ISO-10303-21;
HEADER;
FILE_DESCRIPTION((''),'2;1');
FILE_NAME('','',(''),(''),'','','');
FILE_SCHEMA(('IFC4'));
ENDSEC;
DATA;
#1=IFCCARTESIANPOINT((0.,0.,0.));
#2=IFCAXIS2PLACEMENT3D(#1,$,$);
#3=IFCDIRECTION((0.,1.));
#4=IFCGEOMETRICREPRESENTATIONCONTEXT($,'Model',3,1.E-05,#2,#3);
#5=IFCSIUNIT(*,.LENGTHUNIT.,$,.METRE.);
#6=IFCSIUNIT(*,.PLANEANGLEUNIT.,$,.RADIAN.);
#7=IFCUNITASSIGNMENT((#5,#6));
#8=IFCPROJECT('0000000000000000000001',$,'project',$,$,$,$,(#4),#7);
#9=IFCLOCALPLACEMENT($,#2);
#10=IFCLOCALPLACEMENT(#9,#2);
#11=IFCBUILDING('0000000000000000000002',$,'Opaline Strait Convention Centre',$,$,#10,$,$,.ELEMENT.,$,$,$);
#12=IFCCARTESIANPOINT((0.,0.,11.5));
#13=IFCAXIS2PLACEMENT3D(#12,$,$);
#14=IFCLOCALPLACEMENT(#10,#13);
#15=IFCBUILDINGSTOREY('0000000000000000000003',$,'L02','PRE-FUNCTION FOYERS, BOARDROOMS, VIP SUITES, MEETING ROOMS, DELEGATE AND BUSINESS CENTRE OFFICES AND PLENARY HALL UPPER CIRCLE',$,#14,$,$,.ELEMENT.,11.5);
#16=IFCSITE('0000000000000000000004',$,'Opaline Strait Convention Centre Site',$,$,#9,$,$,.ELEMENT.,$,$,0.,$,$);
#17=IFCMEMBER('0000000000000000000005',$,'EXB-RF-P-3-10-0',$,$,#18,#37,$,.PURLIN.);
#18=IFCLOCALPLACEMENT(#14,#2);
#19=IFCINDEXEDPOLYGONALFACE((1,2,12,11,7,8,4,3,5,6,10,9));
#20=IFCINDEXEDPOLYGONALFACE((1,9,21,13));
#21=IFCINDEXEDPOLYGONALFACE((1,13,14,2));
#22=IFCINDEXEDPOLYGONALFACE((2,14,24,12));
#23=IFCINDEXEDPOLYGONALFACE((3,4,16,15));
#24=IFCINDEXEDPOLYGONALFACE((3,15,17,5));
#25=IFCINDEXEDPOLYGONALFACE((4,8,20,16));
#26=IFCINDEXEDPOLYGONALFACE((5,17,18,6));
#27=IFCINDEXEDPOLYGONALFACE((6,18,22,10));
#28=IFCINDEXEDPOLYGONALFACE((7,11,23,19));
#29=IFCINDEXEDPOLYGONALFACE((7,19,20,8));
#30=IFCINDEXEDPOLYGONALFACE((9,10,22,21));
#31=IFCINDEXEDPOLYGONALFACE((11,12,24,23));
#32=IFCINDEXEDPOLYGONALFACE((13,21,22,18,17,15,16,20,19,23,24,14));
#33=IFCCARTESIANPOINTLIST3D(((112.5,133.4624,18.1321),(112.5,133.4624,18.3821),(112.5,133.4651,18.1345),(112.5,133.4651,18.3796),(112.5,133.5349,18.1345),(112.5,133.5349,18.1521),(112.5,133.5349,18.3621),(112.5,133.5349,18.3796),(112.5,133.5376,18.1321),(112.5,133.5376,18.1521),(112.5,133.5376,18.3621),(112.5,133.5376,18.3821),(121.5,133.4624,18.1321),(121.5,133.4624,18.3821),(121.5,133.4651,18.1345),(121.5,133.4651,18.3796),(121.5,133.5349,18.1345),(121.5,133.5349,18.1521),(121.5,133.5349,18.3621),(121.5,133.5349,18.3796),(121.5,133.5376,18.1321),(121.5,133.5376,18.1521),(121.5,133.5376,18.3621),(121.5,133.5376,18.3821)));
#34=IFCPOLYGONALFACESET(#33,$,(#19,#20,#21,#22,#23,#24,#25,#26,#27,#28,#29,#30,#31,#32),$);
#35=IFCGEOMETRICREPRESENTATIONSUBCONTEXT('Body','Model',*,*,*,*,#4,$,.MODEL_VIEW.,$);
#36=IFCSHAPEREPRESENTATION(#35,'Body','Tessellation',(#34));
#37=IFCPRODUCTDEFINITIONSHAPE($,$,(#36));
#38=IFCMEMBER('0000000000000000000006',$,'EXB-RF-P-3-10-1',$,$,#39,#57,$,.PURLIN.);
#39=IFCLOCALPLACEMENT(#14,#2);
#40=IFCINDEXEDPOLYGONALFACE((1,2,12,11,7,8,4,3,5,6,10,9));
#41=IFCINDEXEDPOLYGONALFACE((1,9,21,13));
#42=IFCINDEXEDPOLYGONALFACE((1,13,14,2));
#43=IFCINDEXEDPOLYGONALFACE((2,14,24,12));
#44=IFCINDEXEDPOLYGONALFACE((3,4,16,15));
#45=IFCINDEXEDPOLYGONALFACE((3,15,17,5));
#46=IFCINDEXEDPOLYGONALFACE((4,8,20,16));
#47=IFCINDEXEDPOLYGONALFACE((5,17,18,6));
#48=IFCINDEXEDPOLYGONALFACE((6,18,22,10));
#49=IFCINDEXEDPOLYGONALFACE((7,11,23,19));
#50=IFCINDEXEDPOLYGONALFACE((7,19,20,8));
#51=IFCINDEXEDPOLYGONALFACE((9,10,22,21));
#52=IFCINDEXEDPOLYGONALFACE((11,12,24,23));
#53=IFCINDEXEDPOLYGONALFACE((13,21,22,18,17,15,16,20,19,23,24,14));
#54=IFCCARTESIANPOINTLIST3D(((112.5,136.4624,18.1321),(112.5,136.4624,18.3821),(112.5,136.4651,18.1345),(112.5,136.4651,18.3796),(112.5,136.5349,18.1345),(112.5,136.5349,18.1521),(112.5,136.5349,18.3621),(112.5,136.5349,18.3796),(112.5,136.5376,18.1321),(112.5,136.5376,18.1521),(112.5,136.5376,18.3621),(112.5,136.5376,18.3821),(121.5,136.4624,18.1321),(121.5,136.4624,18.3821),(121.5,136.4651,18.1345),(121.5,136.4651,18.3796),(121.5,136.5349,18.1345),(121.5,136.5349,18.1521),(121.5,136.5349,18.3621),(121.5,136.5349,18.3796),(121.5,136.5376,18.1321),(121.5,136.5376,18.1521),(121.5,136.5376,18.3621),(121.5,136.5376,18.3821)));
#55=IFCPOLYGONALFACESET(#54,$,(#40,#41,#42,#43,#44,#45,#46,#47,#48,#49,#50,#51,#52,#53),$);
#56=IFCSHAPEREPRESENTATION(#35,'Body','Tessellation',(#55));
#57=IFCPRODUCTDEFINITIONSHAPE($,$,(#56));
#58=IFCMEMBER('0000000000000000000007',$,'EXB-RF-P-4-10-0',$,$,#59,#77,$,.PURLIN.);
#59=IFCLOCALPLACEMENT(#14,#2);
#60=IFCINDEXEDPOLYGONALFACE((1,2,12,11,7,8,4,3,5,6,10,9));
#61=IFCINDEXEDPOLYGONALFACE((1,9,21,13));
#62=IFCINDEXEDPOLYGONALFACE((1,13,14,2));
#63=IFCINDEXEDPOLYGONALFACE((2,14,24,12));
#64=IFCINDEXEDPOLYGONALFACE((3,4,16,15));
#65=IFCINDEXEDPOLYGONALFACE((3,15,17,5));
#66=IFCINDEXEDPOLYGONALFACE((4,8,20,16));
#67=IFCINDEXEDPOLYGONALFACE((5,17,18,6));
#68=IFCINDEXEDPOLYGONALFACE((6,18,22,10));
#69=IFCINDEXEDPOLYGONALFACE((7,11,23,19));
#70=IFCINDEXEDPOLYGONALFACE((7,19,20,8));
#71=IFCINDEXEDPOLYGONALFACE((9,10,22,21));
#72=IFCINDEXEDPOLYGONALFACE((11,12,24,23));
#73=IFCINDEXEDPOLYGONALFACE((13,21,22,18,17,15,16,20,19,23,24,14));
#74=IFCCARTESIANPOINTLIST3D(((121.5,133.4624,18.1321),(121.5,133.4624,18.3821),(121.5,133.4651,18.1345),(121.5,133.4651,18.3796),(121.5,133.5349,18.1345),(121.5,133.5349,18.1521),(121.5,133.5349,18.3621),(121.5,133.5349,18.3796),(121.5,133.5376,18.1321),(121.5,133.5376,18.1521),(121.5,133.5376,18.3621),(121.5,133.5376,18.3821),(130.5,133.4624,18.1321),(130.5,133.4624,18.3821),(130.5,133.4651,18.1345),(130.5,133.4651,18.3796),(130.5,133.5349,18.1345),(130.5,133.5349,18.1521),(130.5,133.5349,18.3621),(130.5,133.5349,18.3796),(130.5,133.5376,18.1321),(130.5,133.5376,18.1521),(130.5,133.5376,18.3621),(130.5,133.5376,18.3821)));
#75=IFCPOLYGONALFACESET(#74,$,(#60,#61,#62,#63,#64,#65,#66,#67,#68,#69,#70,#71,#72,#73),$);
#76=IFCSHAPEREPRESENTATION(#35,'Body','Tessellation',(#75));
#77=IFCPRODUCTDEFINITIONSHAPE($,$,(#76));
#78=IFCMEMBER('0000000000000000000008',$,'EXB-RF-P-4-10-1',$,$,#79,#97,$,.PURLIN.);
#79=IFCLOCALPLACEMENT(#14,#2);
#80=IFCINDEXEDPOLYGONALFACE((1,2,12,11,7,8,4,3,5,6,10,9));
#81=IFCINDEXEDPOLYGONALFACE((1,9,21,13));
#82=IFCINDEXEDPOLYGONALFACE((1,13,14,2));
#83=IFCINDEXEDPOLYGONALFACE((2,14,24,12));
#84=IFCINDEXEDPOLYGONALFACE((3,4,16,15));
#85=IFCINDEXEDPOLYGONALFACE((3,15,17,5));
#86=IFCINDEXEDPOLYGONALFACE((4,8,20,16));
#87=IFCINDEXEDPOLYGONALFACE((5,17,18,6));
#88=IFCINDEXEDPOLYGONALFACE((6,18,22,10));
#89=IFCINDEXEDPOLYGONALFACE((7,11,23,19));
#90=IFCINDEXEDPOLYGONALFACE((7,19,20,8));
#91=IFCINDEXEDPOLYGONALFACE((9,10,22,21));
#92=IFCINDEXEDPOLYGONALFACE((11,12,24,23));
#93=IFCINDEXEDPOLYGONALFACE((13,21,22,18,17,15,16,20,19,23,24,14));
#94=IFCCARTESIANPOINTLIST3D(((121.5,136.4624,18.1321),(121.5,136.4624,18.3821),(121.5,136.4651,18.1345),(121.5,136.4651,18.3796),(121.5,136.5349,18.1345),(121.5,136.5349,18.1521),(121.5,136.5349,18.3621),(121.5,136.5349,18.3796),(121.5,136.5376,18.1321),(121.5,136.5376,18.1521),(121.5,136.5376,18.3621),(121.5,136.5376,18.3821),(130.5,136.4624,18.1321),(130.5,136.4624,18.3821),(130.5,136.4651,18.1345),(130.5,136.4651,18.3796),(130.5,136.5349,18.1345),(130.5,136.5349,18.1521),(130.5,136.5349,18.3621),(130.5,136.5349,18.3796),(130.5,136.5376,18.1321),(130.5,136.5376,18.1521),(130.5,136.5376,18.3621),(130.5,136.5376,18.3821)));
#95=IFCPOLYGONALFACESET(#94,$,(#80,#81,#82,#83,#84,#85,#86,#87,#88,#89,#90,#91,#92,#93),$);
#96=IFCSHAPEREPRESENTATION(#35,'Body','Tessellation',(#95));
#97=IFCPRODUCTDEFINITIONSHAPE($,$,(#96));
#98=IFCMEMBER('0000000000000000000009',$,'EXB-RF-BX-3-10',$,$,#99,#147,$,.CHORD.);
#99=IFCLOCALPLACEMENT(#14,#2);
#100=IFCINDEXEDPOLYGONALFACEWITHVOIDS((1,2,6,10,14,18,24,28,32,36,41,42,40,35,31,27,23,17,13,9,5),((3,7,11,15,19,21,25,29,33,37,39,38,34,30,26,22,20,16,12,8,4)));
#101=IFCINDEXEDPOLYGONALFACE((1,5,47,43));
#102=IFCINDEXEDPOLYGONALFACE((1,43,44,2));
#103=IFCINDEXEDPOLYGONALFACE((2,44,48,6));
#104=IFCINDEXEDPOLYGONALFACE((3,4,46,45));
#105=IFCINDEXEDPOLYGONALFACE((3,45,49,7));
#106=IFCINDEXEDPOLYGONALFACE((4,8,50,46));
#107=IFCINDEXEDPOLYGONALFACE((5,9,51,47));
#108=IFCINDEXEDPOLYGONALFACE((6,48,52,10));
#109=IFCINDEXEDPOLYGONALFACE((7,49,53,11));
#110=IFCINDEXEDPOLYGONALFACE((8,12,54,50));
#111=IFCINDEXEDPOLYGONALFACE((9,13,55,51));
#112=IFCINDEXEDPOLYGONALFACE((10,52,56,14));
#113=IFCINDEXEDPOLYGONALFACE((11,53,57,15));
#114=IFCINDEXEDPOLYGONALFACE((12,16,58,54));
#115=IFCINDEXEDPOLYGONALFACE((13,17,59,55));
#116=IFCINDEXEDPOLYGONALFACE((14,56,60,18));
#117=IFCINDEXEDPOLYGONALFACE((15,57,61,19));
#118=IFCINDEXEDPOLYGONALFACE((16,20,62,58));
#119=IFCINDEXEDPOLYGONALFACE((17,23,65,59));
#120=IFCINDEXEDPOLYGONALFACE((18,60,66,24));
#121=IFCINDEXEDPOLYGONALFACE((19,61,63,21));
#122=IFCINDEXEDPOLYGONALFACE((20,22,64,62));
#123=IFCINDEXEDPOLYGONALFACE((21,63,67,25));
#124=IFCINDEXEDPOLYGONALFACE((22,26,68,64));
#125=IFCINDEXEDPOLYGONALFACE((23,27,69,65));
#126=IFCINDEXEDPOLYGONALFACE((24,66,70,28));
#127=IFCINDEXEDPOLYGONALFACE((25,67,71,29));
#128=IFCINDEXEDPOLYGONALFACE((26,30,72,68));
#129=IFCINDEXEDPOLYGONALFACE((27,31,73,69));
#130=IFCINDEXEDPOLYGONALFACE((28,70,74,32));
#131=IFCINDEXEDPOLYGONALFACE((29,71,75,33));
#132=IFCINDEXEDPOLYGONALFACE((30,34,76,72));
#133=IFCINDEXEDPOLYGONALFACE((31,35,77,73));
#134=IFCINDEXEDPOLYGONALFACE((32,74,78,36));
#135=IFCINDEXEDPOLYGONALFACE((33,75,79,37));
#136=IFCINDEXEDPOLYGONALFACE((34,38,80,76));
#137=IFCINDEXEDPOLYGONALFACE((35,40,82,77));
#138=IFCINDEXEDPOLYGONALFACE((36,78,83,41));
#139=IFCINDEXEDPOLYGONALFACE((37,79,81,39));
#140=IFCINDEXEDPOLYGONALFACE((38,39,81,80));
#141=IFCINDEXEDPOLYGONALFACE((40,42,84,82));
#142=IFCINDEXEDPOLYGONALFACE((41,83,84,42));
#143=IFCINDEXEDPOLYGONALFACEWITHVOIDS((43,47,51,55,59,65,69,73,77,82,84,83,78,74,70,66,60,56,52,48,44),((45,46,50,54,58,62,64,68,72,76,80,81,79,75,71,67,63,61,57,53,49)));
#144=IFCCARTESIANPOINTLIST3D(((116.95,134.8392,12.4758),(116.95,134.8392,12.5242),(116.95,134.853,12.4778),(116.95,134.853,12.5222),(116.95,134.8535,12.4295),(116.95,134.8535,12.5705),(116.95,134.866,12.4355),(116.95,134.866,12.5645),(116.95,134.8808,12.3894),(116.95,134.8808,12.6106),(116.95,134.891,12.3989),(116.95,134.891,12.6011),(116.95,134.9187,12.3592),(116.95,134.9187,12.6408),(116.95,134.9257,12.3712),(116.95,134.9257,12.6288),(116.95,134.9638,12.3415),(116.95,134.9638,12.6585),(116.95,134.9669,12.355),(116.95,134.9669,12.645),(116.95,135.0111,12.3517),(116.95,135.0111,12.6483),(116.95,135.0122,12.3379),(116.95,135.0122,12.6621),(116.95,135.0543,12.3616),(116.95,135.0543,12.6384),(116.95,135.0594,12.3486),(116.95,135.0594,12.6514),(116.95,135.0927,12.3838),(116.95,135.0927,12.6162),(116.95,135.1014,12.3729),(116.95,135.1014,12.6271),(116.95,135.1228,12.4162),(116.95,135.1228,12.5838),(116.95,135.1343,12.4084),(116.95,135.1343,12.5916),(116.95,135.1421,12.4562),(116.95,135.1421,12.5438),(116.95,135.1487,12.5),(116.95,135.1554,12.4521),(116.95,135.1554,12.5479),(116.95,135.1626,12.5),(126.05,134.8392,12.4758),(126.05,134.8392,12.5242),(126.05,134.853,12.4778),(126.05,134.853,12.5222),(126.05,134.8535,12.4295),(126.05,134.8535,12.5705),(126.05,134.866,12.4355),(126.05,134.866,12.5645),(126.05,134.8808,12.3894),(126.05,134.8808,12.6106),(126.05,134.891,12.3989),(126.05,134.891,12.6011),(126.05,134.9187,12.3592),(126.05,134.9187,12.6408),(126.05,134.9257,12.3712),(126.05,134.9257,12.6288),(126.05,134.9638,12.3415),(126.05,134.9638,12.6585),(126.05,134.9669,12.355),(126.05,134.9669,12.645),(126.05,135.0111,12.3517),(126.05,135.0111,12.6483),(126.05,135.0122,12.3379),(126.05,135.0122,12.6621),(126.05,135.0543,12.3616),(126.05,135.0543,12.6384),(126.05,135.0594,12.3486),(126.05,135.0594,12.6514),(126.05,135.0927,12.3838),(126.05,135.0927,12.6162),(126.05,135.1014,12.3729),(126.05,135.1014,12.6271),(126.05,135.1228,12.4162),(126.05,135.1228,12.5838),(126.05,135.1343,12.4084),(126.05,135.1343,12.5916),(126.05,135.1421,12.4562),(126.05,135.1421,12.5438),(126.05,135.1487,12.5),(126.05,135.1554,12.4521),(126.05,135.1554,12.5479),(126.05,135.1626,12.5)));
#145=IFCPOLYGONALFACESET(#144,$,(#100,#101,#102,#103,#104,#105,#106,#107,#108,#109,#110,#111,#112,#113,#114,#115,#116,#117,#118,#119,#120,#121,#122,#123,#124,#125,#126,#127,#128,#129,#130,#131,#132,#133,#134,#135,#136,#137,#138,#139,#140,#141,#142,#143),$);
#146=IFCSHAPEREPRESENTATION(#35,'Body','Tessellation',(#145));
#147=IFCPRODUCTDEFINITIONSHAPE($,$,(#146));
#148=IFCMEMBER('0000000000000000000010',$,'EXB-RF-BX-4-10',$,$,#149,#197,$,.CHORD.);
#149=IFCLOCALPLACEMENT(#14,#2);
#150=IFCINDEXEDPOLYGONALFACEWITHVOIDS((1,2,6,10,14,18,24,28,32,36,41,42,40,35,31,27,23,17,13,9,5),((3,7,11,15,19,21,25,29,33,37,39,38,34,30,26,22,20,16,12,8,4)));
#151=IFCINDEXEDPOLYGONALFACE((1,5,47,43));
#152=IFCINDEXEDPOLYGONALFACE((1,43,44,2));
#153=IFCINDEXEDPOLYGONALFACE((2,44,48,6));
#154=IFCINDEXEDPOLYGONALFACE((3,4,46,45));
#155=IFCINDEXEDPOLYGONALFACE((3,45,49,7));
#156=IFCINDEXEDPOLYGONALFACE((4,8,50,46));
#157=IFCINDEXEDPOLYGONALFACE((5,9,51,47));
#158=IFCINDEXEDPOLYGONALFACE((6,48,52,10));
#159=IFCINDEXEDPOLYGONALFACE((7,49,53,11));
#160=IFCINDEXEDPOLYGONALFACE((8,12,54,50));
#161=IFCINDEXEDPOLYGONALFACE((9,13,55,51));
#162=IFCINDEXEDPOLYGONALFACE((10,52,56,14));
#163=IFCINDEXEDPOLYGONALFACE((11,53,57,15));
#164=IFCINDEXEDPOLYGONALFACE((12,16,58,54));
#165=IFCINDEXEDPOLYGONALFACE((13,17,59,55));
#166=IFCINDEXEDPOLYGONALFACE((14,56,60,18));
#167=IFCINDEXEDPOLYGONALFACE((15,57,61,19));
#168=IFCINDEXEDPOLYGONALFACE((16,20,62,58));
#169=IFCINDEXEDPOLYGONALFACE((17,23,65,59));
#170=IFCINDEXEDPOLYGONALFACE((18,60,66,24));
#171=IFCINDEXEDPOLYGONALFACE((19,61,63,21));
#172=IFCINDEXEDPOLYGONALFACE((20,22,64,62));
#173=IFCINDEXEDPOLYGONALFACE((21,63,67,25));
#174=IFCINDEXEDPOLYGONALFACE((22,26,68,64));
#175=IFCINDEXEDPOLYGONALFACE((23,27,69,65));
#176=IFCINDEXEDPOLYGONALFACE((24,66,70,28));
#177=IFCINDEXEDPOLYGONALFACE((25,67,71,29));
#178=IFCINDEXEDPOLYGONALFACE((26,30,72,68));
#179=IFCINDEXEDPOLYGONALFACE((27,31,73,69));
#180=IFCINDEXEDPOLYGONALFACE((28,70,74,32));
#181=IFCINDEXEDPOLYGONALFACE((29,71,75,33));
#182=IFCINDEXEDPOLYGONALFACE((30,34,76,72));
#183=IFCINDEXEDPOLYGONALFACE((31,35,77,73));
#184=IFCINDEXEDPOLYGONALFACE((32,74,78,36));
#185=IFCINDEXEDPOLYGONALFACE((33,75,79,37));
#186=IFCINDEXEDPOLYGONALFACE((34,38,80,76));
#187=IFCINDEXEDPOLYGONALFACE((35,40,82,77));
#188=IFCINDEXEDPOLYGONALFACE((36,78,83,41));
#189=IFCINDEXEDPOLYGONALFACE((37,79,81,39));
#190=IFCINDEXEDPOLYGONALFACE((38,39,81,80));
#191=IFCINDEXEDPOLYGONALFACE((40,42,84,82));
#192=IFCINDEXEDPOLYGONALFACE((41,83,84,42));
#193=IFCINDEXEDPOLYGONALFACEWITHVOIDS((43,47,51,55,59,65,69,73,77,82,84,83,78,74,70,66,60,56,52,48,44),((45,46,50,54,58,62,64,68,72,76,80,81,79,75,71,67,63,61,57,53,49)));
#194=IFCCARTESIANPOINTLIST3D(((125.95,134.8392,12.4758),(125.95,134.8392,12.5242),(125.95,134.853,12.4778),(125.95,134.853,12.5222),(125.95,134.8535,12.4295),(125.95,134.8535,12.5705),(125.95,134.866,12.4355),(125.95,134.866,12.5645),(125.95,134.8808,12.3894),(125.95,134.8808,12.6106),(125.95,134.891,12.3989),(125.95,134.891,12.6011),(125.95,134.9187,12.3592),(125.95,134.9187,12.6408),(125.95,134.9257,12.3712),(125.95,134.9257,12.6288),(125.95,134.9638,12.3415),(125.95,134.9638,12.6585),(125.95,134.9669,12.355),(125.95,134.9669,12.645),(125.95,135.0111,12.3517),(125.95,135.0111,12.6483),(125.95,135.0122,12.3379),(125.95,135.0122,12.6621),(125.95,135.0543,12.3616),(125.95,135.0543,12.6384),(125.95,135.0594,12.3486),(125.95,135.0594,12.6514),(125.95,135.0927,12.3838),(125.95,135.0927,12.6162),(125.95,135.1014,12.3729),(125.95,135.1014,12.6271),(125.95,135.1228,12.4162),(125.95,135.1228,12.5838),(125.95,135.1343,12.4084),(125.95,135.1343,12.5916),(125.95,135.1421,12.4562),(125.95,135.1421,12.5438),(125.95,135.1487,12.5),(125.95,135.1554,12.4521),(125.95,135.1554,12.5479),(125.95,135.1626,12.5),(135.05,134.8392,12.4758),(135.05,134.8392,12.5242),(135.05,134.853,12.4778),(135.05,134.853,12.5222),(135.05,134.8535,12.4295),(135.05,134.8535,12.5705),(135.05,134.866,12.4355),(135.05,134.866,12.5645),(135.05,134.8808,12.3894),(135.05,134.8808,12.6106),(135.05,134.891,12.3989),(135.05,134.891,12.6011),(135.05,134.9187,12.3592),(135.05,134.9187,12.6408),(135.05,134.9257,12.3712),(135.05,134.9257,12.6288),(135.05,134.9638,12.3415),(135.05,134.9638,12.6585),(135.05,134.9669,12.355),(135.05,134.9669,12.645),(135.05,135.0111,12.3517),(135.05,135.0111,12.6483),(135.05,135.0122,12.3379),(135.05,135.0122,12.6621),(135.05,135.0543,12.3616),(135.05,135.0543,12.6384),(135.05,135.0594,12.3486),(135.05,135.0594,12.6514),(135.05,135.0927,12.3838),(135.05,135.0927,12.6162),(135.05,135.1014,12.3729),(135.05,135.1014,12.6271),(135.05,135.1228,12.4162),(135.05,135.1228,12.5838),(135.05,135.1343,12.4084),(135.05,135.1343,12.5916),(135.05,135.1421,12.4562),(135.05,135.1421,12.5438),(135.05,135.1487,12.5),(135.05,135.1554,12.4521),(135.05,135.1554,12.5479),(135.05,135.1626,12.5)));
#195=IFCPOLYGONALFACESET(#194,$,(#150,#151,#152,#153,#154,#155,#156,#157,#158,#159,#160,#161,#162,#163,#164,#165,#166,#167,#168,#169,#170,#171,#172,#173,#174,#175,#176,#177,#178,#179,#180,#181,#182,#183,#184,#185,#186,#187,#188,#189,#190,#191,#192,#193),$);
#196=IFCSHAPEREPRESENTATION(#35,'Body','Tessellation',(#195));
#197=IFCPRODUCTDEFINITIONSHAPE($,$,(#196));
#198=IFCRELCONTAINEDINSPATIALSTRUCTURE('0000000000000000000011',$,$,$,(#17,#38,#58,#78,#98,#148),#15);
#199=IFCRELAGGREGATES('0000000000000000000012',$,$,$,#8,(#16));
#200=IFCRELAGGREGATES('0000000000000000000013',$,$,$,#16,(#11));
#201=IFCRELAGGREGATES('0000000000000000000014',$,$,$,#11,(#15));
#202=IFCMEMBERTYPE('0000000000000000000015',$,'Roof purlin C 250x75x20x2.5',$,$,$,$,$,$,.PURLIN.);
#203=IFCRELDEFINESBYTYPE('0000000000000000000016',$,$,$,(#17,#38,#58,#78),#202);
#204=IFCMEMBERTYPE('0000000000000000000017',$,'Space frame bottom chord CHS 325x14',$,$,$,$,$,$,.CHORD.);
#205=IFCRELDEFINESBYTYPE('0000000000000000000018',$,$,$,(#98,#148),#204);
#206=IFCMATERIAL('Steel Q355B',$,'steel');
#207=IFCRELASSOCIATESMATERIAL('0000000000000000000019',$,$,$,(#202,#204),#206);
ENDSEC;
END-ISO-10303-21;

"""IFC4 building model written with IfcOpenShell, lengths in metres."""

from ifc_helpers import new_model, si_unit, direction, frame, origin, origin_2d, place, context, subcontext, project, spatial, polyline, hollow_circle, outline, extrude, material, material_profile, profile_set, type_object, element, save


model = new_model("IFC4")

# Units and contexts
model_context = context("Model", 3, precision=1e-05, world=origin(), true_north=direction((0.0, 1.0)))
body_context = subcontext(model_context, "Body", "Model", "MODEL_VIEW")
ifc_project = project(units=[si_unit("LENGTHUNIT", "METRE"), si_unit("PLANEANGLEUNIT", "RADIAN")], contexts=[model_context])

# Site, building, storey
site_placement = place(None, origin())
site = spatial("IfcSite", under=ifc_project, at=site_placement, Name="Opaline Strait Convention Centre Site", CompositionType="ELEMENT", RefElevation=0.0)
building_placement = place(site_placement, origin())
building = spatial("IfcBuilding", under=site, at=building_placement, Name="Opaline Strait Convention Centre", CompositionType="ELEMENT")
storey_placement = place(building_placement, frame((0.0, 0.0, 11.5)))
storey = spatial("IfcBuildingStorey", under=building, at=storey_placement, Name="L02", Description="PRE-FUNCTION FOYERS, BOARDROOMS, VIP SUITES, MEETING ROOMS, DELEGATE AND BUSINESS CENTRE OFFICES AND PLENARY HALL UPPER CIRCLE", CompositionType="ELEMENT", Elevation=11.5)

# Members
ifc_material = material(Name="Steel Q355B", Category="steel")
ifc_material_profile_1 = material_profile(ifc_material, outline(polyline([(-0.0376, -0.125), (0.0376, -0.125), (0.0376, -0.105), (0.0349, -0.105), (0.0349, -0.1226), (-0.0349, -0.1226), (-0.0349, 0.1226), (0.0349, 0.1226), (0.0349, 0.105), (0.0376, 0.105), (0.0376, 0.125), (-0.0376, 0.125), (-0.0376, -0.125)])), Name="C 250x75x20x2.5")
ifc_profile_set_1 = profile_set([ifc_material_profile_1], Name="Steel Q355B")
member_type_1 = type_object("IfcMemberType", Name="Roof purlin C 250x75x20x2.5", PredefinedType="PURLIN", material=ifc_profile_set_1)
for number, where, z_axis, x_axis, name in (
    (1, (112.5, 133.5, 18.2571), (1.0, 0.0, 0.0), (0.0, 1.0, 0.0), "EXB-RF-P-3-10-0"),
    (2, (112.5, 136.5, 18.2571), (1.0, 0.0, 0.0), (0.0, 1.0, 0.0), "EXB-RF-P-3-10-1"),
    (3, (121.5, 133.5, 18.2571), (1.0, 0.0, 0.0), (0.0, 1.0, 0.0), "EXB-RF-P-4-10-0"),
    (4, (121.5, 136.5, 18.2571), (1.0, 0.0, 0.0), (0.0, 1.0, 0.0), "EXB-RF-P-4-10-1"),
):
    element("IfcMember", number, at=place(storey_placement, frame(where, z_axis=z_axis, x_axis=x_axis)), inside=storey, type_object=member_type_1, Name=name, PredefinedType="PURLIN", context=body_context, shape_type="SweptSolid", body=[
        extrude(outline(polyline([(-0.0376, -0.125), (0.0376, -0.125), (0.0376, -0.105), (0.0349, -0.105), (0.0349, -0.1226), (-0.0349, -0.1226), (-0.0349, 0.1226), (0.0349, 0.1226), (0.0349, 0.105), (0.0376, 0.105), (0.0376, 0.125), (-0.0376, 0.125), (-0.0376, -0.125)])), origin(), (0.0, 0.0, 1.0), 9.0),
    ])
ifc_material_profile_2 = material_profile(ifc_material, hollow_circle(Radius=0.1626, WallThickness=0.0139, at=origin_2d()), Name="CHS 325x14")
ifc_profile_set_2 = profile_set([ifc_material_profile_2], Name="Steel Q355B")
member_type_2 = type_object("IfcMemberType", Name="Space frame bottom chord CHS 325x14", PredefinedType="CHORD", material=ifc_profile_set_2)
for number, where, z_axis, x_axis, name in (
    (5, (116.95, 135.0, 12.5), (1.0, 0.0, 0.0), (0.0, 1.0, 0.0), "EXB-RF-BX-3-10"),
    (6, (125.95, 135.0, 12.5), (1.0, 0.0, 0.0), (0.0, 1.0, 0.0), "EXB-RF-BX-4-10"),
):
    element("IfcMember", number, at=place(storey_placement, frame(where, z_axis=z_axis, x_axis=x_axis)), inside=storey, type_object=member_type_2, Name=name, PredefinedType="CHORD", context=body_context, shape_type="SweptSolid", body=[
        extrude(hollow_circle(Radius=0.1626, WallThickness=0.0139, at=origin_2d()), origin(), (0.0, 0.0, 1.0), 9.1001),
    ])

save(model, "model.ifc")
